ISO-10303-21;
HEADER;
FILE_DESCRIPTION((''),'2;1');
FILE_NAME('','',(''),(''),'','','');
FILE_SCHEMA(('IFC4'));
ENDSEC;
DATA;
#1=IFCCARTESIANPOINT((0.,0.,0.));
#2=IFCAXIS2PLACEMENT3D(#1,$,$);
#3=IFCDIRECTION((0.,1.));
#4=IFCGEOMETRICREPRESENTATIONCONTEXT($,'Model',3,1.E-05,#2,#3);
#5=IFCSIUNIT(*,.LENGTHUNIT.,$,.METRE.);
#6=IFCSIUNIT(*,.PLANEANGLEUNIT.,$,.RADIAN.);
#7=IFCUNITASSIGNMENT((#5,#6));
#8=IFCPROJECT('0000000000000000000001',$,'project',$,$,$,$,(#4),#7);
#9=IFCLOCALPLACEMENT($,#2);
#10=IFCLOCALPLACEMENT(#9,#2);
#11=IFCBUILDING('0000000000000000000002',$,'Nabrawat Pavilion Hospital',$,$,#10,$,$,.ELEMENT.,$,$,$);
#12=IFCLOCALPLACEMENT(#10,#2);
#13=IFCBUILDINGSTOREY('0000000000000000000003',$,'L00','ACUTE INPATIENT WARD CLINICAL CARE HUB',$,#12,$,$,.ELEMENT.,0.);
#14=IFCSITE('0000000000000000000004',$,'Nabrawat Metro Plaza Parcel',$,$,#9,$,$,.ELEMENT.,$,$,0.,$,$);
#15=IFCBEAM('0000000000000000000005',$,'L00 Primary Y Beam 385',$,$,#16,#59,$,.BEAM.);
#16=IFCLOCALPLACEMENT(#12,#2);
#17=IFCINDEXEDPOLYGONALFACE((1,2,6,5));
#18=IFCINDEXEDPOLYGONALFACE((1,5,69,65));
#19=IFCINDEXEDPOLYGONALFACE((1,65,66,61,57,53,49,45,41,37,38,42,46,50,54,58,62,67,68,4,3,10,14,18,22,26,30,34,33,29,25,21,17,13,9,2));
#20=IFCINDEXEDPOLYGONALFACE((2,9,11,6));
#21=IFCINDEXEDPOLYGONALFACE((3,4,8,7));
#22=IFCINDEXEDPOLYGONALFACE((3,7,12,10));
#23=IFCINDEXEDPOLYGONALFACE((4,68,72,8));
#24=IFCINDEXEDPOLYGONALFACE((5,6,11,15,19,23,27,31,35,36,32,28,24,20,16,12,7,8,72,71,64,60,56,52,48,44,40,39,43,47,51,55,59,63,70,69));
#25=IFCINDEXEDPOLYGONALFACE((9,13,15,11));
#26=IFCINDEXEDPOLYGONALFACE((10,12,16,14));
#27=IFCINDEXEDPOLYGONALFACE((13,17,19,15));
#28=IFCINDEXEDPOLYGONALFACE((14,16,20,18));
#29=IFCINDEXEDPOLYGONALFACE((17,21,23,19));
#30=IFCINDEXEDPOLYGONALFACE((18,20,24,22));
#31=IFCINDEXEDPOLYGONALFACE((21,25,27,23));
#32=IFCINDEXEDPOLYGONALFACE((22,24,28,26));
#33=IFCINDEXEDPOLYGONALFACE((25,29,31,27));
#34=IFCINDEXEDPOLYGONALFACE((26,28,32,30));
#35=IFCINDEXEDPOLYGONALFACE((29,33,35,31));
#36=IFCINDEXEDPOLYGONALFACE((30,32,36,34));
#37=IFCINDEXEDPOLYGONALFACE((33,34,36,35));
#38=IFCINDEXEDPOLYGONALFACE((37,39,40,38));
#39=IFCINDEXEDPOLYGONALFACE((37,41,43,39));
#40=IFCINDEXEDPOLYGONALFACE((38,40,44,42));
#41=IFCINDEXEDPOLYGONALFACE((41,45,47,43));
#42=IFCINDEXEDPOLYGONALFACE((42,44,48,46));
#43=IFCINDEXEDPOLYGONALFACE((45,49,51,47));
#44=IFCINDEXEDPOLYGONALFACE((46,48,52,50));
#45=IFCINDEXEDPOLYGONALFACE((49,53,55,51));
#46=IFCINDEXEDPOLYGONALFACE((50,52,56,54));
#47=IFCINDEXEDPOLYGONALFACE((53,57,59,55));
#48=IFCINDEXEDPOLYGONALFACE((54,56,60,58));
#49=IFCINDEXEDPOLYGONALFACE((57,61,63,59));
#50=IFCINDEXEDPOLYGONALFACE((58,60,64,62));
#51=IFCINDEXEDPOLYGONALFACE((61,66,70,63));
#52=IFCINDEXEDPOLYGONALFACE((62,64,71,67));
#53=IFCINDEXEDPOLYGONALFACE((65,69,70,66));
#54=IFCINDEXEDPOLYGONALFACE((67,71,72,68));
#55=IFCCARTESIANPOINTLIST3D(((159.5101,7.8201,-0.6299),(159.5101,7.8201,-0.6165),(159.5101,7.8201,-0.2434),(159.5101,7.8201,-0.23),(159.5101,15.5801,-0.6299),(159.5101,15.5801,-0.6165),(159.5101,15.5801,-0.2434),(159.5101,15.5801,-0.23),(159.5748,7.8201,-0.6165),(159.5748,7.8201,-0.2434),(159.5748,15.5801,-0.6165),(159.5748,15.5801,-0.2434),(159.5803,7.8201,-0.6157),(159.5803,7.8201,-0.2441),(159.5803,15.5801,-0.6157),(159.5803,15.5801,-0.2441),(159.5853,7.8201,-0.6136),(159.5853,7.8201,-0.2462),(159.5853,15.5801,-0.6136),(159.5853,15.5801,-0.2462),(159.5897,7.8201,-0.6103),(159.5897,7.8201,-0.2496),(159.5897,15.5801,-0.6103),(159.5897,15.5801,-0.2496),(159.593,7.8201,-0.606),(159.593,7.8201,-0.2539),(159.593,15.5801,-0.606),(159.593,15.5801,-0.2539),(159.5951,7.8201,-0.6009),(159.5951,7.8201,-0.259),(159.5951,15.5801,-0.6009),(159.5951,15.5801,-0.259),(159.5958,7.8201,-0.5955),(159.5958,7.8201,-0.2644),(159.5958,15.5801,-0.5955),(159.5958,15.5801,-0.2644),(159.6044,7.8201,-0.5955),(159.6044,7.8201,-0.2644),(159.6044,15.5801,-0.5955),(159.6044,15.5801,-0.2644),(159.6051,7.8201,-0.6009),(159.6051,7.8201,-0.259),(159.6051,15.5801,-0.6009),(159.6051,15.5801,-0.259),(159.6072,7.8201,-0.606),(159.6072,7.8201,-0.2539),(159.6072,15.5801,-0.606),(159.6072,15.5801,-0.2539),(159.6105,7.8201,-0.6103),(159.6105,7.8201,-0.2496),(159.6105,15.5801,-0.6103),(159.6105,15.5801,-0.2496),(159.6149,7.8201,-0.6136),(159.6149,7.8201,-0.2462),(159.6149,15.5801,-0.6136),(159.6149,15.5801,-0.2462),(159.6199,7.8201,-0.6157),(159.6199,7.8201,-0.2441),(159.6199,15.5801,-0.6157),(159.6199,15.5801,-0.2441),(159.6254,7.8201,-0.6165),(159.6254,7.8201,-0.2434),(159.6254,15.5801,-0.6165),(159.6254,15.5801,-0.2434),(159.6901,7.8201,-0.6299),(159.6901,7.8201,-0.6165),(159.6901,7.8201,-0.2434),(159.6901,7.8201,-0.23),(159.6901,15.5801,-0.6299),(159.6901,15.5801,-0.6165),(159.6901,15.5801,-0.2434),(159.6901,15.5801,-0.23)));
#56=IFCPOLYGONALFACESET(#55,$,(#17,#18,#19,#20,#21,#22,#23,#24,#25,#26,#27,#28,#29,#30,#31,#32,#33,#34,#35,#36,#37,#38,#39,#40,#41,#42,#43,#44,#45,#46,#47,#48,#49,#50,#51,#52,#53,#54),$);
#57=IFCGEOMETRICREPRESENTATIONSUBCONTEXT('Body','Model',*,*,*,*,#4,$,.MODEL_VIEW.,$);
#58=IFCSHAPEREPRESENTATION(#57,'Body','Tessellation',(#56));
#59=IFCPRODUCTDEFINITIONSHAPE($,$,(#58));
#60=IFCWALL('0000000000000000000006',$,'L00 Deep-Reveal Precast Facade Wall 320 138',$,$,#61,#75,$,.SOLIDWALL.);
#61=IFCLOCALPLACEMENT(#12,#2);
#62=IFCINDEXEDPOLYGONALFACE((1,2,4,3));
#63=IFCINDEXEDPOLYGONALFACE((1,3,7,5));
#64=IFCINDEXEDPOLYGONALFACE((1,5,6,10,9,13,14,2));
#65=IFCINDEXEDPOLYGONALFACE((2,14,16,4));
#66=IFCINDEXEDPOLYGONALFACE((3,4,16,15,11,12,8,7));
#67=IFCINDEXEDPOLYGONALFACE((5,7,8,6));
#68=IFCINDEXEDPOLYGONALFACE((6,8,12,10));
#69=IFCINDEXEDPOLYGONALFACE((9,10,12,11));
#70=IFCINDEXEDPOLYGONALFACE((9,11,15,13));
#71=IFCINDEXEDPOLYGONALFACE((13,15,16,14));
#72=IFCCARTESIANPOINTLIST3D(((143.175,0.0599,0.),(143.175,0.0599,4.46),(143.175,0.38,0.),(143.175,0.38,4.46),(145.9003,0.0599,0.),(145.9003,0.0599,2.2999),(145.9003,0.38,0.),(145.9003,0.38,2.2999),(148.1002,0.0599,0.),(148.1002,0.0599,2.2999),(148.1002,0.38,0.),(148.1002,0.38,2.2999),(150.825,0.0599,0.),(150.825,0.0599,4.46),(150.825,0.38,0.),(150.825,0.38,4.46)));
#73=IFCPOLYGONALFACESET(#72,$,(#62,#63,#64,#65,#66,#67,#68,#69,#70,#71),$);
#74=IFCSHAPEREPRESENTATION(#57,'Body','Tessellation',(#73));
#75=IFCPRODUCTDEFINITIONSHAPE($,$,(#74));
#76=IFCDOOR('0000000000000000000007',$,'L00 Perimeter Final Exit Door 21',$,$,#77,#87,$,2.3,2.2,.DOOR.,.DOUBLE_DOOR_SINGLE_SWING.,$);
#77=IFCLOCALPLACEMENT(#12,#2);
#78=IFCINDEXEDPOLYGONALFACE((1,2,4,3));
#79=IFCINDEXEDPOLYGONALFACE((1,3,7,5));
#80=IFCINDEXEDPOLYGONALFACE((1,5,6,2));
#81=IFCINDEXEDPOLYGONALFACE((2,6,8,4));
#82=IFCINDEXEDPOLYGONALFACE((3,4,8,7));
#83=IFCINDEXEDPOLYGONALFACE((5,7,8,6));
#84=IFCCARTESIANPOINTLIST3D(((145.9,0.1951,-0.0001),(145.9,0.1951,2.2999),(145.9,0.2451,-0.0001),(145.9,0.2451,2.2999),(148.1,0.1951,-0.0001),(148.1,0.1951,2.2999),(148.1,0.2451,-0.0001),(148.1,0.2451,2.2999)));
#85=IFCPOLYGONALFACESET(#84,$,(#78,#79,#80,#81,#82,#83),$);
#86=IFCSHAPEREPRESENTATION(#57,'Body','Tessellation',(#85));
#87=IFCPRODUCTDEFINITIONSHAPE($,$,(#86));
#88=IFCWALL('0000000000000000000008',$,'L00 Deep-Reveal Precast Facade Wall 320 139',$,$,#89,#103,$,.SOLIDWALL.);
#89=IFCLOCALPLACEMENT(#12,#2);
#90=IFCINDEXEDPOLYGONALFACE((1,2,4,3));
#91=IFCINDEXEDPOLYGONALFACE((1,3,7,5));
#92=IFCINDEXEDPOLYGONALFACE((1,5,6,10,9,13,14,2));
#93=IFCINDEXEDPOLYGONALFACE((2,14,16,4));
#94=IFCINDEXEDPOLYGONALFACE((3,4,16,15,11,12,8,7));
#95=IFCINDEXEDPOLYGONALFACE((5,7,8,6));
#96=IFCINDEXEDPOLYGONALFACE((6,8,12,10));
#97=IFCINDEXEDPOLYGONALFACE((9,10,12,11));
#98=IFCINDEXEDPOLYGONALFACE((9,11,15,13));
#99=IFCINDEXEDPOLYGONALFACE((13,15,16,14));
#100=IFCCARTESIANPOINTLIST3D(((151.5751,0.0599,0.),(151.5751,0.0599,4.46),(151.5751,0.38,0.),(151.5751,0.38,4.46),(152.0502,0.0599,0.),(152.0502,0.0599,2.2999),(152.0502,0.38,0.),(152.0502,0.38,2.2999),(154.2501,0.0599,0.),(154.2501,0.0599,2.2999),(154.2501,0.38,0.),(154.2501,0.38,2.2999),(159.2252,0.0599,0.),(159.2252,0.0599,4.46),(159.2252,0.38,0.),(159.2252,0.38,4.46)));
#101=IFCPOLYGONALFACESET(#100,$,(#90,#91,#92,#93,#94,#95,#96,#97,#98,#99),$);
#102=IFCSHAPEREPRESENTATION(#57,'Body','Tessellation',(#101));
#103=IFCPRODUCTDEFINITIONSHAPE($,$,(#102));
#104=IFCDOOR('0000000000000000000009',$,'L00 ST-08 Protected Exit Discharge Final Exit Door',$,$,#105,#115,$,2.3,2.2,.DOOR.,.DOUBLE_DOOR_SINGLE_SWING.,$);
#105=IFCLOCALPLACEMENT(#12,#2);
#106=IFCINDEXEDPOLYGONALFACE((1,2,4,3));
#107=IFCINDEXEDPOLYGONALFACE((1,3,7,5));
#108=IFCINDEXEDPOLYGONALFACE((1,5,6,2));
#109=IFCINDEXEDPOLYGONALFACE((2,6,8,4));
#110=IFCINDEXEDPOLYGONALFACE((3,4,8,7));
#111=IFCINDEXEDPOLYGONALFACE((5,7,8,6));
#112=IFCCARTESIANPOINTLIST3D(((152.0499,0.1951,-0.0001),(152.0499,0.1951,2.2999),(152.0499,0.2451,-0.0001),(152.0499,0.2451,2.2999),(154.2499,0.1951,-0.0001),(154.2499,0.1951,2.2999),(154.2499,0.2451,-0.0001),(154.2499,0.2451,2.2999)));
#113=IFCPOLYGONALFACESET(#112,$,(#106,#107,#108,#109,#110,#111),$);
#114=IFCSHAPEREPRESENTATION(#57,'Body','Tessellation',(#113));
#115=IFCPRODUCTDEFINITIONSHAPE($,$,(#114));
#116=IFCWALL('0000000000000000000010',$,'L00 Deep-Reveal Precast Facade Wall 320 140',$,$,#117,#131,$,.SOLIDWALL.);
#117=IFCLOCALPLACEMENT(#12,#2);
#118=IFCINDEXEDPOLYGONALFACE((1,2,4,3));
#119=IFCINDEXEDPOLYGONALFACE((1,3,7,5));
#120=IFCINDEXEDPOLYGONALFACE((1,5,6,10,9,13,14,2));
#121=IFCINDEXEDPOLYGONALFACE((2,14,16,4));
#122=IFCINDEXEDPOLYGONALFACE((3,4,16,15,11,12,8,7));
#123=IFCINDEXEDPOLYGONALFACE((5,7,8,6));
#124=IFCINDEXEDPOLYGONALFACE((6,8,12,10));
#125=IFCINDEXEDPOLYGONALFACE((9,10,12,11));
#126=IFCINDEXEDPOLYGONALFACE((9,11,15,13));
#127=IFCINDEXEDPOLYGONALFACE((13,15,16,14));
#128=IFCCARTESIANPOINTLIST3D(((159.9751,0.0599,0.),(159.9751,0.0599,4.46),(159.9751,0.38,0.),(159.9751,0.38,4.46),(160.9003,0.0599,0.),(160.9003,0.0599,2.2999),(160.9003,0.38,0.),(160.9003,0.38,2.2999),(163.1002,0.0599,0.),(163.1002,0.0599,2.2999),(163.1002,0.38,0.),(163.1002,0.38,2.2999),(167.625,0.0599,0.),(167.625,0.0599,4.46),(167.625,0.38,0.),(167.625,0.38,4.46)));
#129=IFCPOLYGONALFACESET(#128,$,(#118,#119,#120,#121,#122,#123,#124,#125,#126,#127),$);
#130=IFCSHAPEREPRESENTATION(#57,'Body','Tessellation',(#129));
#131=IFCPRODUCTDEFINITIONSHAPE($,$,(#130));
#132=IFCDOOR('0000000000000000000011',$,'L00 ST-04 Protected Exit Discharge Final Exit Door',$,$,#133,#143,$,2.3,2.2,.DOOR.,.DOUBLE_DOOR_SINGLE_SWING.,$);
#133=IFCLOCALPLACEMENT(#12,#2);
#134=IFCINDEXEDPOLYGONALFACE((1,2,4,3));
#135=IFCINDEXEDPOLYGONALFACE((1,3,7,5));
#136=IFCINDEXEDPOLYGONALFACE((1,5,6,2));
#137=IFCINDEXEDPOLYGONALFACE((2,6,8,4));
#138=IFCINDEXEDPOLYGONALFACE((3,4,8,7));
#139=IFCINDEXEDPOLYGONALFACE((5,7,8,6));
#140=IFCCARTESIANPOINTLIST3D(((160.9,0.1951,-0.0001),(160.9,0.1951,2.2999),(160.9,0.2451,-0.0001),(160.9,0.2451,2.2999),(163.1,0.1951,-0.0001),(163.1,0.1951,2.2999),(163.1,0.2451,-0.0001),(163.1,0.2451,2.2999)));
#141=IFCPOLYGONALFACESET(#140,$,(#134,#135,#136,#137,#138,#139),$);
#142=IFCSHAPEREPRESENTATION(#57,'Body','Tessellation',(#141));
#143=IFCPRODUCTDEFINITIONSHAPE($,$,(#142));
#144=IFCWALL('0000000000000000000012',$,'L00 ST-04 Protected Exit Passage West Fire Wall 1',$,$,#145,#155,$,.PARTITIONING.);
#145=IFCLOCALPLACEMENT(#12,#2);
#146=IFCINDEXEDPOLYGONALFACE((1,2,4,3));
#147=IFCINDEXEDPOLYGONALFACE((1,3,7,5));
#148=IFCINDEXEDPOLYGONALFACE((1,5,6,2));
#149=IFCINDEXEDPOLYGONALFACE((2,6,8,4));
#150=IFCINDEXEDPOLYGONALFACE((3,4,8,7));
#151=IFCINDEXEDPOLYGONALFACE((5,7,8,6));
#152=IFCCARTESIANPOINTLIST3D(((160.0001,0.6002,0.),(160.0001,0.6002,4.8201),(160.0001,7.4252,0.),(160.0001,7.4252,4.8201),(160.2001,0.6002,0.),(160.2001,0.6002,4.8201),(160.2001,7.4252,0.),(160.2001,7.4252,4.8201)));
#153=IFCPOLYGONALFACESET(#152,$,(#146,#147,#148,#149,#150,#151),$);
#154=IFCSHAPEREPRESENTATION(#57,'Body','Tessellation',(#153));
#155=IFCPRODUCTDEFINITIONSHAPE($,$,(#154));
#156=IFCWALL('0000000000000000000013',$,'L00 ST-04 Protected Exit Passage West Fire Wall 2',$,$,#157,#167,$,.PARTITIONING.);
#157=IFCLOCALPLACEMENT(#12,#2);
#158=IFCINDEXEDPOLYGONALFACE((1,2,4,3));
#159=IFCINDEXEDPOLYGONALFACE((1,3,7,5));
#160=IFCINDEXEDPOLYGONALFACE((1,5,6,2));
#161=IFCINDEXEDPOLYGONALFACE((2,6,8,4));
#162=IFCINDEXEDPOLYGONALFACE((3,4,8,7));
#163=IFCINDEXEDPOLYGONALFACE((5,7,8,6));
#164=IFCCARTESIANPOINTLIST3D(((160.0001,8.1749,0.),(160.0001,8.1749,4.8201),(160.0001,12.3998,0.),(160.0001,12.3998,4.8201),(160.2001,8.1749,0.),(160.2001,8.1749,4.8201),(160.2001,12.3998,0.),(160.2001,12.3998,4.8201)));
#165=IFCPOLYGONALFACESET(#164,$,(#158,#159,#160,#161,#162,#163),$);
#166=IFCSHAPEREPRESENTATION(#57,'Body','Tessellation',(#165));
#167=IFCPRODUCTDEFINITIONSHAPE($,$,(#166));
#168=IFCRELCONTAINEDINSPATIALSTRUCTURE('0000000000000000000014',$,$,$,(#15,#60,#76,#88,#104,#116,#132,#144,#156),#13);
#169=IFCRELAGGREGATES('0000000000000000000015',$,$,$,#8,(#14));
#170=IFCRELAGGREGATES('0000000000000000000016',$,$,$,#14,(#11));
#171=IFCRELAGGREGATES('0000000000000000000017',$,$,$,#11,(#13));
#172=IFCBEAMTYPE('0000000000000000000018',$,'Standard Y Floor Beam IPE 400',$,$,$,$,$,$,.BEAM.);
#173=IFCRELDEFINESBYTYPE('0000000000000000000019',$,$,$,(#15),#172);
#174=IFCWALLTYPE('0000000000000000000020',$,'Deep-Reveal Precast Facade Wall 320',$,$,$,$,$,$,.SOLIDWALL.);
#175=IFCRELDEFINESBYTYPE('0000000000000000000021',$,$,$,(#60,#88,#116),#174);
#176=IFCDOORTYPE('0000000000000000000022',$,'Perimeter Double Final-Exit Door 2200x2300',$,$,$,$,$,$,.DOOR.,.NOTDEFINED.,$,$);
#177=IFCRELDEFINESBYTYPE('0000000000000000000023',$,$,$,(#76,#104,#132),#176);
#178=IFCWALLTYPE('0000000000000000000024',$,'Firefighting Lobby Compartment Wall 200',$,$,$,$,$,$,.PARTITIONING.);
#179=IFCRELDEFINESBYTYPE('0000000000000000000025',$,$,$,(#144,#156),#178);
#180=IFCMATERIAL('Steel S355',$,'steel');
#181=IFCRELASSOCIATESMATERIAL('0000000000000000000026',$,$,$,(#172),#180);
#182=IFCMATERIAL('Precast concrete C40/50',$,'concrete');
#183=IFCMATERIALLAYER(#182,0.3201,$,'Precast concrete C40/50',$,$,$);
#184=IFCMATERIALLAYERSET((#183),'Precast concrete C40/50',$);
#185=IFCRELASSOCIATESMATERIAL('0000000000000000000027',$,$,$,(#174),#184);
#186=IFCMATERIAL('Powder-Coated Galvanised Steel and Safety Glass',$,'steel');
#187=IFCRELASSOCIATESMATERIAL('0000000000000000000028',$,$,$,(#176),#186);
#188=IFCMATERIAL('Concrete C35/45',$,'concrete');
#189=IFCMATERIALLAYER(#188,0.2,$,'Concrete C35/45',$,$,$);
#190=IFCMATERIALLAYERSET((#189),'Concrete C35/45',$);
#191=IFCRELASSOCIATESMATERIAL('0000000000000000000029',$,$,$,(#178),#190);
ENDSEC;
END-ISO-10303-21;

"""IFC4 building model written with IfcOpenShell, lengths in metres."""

from ifc_helpers import new_model, si_unit, direction, frame, frame_2d, origin, origin_2d, place, context, subcontext, project, spatial, rectangle, i_section, extrude, material, layer, layer_set, material_profile, profile_set, type_object, element, fill, save


model = new_model("IFC4")

# Units and contexts
model_context = context("Model", 3, precision=1e-05, world=origin(), true_north=direction((0.0, 1.0)))
body_context = subcontext(model_context, "Body", "Model", "MODEL_VIEW")
ifc_project = project(units=[si_unit("LENGTHUNIT", "METRE"), si_unit("PLANEANGLEUNIT", "RADIAN")], contexts=[model_context])

# Site, building, storey
site_placement = place(None, origin())
site = spatial("IfcSite", under=ifc_project, at=site_placement, Name="Nabrawat Metro Plaza Parcel", CompositionType="ELEMENT", RefElevation=0.0)
building_placement = place(site_placement, origin())
building = spatial("IfcBuilding", under=site, at=building_placement, Name="Nabrawat Pavilion Hospital", CompositionType="ELEMENT")
storey_placement = place(building_placement, origin())
storey = spatial("IfcBuildingStorey", under=building, at=storey_placement, Name="L00", Description="ACUTE INPATIENT WARD CLINICAL CARE HUB", CompositionType="ELEMENT", Elevation=0.0)

# Beam
ifc_material_1 = material(Name="Steel S355", Category="steel")
ifc_material_profile_1 = material_profile(ifc_material_1, i_section(OverallWidth=0.1799, OverallDepth=0.3999, WebThickness=0.0085, FlangeThickness=0.0134, FilletRadius=0.021, at=origin_2d()), Name="IPE 400")
ifc_profile_set_1 = profile_set([ifc_material_profile_1], Name="Steel S355")
beam_type_1 = type_object("IfcBeamType", Name="Standard Y Floor Beam IPE 400", PredefinedType="BEAM", material=ifc_profile_set_1)
for number, where, z_axis, x_axis, name in (
    (1, (159.6001, 7.8201, -0.4299), (0.0, 1.0, 0.0), (-1.0, 0.0, 0.0), "L00 Primary Y Beam 385"),
):
    element("IfcBeam", number, at=place(storey_placement, frame(where, z_axis=z_axis, x_axis=x_axis)), inside=storey, type_object=beam_type_1, Name=name, PredefinedType="BEAM", context=body_context, shape_type="SweptSolid", body=[
        extrude(i_section(OverallWidth=0.1799, OverallDepth=0.3999, WebThickness=0.0085, FlangeThickness=0.0134, FilletRadius=0.021, at=origin_2d()), origin(), (0.0, 0.0, 1.0), 7.76),
    ])

# Walls, openings, doors
ifc_material_2 = material(Name="Precast concrete C40/50", Category="concrete")
ifc_layer_1 = layer(ifc_material_2, 0.3201, Name="Precast concrete C40/50")
ifc_layer_set_1 = layer_set([ifc_layer_1], Name="Precast concrete C40/50")
wall_type_1 = type_object("IfcWallType", Name="Deep-Reveal Precast Facade Wall 320", PredefinedType="SOLIDWALL", material=ifc_layer_set_1)
wall_1_placement = place(storey_placement, frame((143.175, 0.22, 0.0), z_axis=(0.0, 0.0, 1.0), x_axis=(1.0, 0.0, 0.0)))
wall_1 = element("IfcWall", 2, at=wall_1_placement, inside=storey, type_object=wall_type_1, Name="L00 Deep-Reveal Precast Facade Wall 320 138", PredefinedType="SOLIDWALL", context=body_context, shape_type="SweptSolid", body=[
    extrude(rectangle(XDim=7.6499, YDim=0.3201, at=frame_2d((3.825, 0.0))), origin(), (0.0, 0.0, 1.0), 4.46),
])
opening_1_placement = place(wall_1_placement, frame((2.7251, 0.0, 0.0)))
opening_1 = element("IfcOpeningElement", 3, at=opening_1_placement, cuts=wall_1, PredefinedType="OPENING", context=body_context, shape_type="SweptSolid", body=[
    extrude(rectangle(XDim=2.2, YDim=2.3, at=frame_2d((1.1001, 1.1499))), frame((0.0, 0.1699, 0.0), z_axis=(0.0, -1.0, 0.0), x_axis=(1.0, 0.0, 0.0)), (0.0, 0.0, 1.0), 0.3401),
])
ifc_material_3 = material(Name="Powder-Coated Galvanised Steel and Safety Glass", Category="steel")
door_type = type_object("IfcDoorType", Name="Perimeter Double Final-Exit Door 2200x2300", OperationType="NOTDEFINED", PredefinedType="DOOR", material=ifc_material_3)
door_1_placement = place(opening_1_placement, frame((2.2, 0.0, 0.0), z_axis=(0.0, 0.0, 1.0), x_axis=(-1.0, 0.0, 0.0)))
door_1 = element("IfcDoor", 4, at=door_1_placement, inside=storey, type_object=door_type, Name="L00 Perimeter Final Exit Door 21", OperationType="DOUBLE_DOOR_SINGLE_SWING", OverallHeight=2.3, OverallWidth=2.2, PredefinedType="DOOR", context=body_context, shape_type="SweptSolid", body=[
    extrude(rectangle(XDim=2.2, YDim=2.3, at=frame_2d((1.1001, 1.1499))), frame((0.0, 0.0249, 0.0), z_axis=(0.0, -1.0, 0.0), x_axis=(1.0, 0.0, 0.0)), (0.0, 0.0, 1.0), 0.05),
])
fill(opening_1, door_1)
wall_2_placement = place(storey_placement, frame((151.575, 0.22, 0.0), z_axis=(0.0, 0.0, 1.0), x_axis=(1.0, 0.0, 0.0)))
wall_2 = element("IfcWall", 5, at=wall_2_placement, inside=storey, type_object=wall_type_1, Name="L00 Deep-Reveal Precast Facade Wall 320 139", PredefinedType="SOLIDWALL", context=body_context, shape_type="SweptSolid", body=[
    extrude(rectangle(XDim=7.6501, YDim=0.3201, at=frame_2d((3.8252, 0.0))), origin(), (0.0, 0.0, 1.0), 4.46),
])
opening_2_placement = place(wall_2_placement, frame((0.4751, 0.0, 0.0)))
opening_2 = element("IfcOpeningElement", 6, at=opening_2_placement, cuts=wall_2, PredefinedType="OPENING", context=body_context, shape_type="SweptSolid", body=[
    extrude(rectangle(XDim=2.2, YDim=2.3, at=frame_2d((1.1001, 1.1499))), frame((0.0, 0.1699, 0.0), z_axis=(0.0, -1.0, 0.0), x_axis=(1.0, 0.0, 0.0)), (0.0, 0.0, 1.0), 0.3401),
])
door_2_placement = place(opening_2_placement, frame((2.2, 0.0, 0.0), z_axis=(0.0, 0.0, 1.0), x_axis=(-1.0, 0.0, 0.0)))
door_2 = element("IfcDoor", 7, at=door_2_placement, inside=storey, type_object=door_type, Name="L00 ST-08 Protected Exit Discharge Final Exit Door", OperationType="DOUBLE_DOOR_SINGLE_SWING", OverallHeight=2.3, OverallWidth=2.2, PredefinedType="DOOR", context=body_context, shape_type="SweptSolid", body=[
    extrude(rectangle(XDim=2.2, YDim=2.3, at=frame_2d((1.1001, 1.1499))), frame((0.0, 0.0249, 0.0), z_axis=(0.0, -1.0, 0.0), x_axis=(1.0, 0.0, 0.0)), (0.0, 0.0, 1.0), 0.05),
])
fill(opening_2, door_2)
wall_3_placement = place(storey_placement, frame((159.9751, 0.22, 0.0), z_axis=(0.0, 0.0, 1.0), x_axis=(1.0, 0.0, 0.0)))
wall_3 = element("IfcWall", 8, at=wall_3_placement, inside=storey, type_object=wall_type_1, Name="L00 Deep-Reveal Precast Facade Wall 320 140", PredefinedType="SOLIDWALL", context=body_context, shape_type="SweptSolid", body=[
    extrude(rectangle(XDim=7.6499, YDim=0.3201, at=frame_2d((3.825, 0.0))), origin(), (0.0, 0.0, 1.0), 4.46),
])
opening_3_placement = place(wall_3_placement, frame((0.925, 0.0, 0.0)))
opening_3 = element("IfcOpeningElement", 9, at=opening_3_placement, cuts=wall_3, PredefinedType="OPENING", context=body_context, shape_type="SweptSolid", body=[
    extrude(rectangle(XDim=2.2, YDim=2.3, at=frame_2d((1.1001, 1.1499))), frame((0.0, 0.1699, 0.0), z_axis=(0.0, -1.0, 0.0), x_axis=(1.0, 0.0, 0.0)), (0.0, 0.0, 1.0), 0.3401),
])
door_3_placement = place(opening_3_placement, frame((2.2, 0.0, 0.0), z_axis=(0.0, 0.0, 1.0), x_axis=(-1.0, 0.0, 0.0)))
door_3 = element("IfcDoor", 10, at=door_3_placement, inside=storey, type_object=door_type, Name="L00 ST-04 Protected Exit Discharge Final Exit Door", OperationType="DOUBLE_DOOR_SINGLE_SWING", OverallHeight=2.3, OverallWidth=2.2, PredefinedType="DOOR", context=body_context, shape_type="SweptSolid", body=[
    extrude(rectangle(XDim=2.2, YDim=2.3, at=frame_2d((1.1001, 1.1499))), frame((0.0, 0.0249, 0.0), z_axis=(0.0, -1.0, 0.0), x_axis=(1.0, 0.0, 0.0)), (0.0, 0.0, 1.0), 0.05),
])
fill(opening_3, door_3)

# Walls
ifc_material_4 = material(Name="Concrete C35/45", Category="concrete")
ifc_layer_2 = layer(ifc_material_4, 0.2, Name="Concrete C35/45")
ifc_layer_set_2 = layer_set([ifc_layer_2], Name="Concrete C35/45")
wall_type_2 = type_object("IfcWallType", Name="Firefighting Lobby Compartment Wall 200", PredefinedType="PARTITIONING", material=ifc_layer_set_2)
wall_4_placement = place(storey_placement, frame((160.1001, 0.6001, 0.0), z_axis=(0.0, 0.0, 1.0), x_axis=(0.0, 1.0, 0.0)))
element("IfcWall", 11, at=wall_4_placement, inside=storey, type_object=wall_type_2, Name="L00 ST-04 Protected Exit Passage West Fire Wall 1", PredefinedType="PARTITIONING", context=body_context, shape_type="SweptSolid", body=[
    extrude(rectangle(XDim=6.825, YDim=0.2, at=frame_2d((3.4126, 0.0))), origin(), (0.0, 0.0, 1.0), 4.8201),
])
wall_5_placement = place(storey_placement, frame((160.1001, 8.175, 0.0), z_axis=(0.0, 0.0, 1.0), x_axis=(0.0, 1.0, 0.0)))
element("IfcWall", 12, at=wall_5_placement, inside=storey, type_object=wall_type_2, Name="L00 ST-04 Protected Exit Passage West Fire Wall 2", PredefinedType="PARTITIONING", context=body_context, shape_type="SweptSolid", body=[
    extrude(rectangle(XDim=4.2249, YDim=0.2, at=frame_2d((2.1123, 0.0))), origin(), (0.0, 0.0, 1.0), 4.8201),
])

save(model, "model.ifc")
